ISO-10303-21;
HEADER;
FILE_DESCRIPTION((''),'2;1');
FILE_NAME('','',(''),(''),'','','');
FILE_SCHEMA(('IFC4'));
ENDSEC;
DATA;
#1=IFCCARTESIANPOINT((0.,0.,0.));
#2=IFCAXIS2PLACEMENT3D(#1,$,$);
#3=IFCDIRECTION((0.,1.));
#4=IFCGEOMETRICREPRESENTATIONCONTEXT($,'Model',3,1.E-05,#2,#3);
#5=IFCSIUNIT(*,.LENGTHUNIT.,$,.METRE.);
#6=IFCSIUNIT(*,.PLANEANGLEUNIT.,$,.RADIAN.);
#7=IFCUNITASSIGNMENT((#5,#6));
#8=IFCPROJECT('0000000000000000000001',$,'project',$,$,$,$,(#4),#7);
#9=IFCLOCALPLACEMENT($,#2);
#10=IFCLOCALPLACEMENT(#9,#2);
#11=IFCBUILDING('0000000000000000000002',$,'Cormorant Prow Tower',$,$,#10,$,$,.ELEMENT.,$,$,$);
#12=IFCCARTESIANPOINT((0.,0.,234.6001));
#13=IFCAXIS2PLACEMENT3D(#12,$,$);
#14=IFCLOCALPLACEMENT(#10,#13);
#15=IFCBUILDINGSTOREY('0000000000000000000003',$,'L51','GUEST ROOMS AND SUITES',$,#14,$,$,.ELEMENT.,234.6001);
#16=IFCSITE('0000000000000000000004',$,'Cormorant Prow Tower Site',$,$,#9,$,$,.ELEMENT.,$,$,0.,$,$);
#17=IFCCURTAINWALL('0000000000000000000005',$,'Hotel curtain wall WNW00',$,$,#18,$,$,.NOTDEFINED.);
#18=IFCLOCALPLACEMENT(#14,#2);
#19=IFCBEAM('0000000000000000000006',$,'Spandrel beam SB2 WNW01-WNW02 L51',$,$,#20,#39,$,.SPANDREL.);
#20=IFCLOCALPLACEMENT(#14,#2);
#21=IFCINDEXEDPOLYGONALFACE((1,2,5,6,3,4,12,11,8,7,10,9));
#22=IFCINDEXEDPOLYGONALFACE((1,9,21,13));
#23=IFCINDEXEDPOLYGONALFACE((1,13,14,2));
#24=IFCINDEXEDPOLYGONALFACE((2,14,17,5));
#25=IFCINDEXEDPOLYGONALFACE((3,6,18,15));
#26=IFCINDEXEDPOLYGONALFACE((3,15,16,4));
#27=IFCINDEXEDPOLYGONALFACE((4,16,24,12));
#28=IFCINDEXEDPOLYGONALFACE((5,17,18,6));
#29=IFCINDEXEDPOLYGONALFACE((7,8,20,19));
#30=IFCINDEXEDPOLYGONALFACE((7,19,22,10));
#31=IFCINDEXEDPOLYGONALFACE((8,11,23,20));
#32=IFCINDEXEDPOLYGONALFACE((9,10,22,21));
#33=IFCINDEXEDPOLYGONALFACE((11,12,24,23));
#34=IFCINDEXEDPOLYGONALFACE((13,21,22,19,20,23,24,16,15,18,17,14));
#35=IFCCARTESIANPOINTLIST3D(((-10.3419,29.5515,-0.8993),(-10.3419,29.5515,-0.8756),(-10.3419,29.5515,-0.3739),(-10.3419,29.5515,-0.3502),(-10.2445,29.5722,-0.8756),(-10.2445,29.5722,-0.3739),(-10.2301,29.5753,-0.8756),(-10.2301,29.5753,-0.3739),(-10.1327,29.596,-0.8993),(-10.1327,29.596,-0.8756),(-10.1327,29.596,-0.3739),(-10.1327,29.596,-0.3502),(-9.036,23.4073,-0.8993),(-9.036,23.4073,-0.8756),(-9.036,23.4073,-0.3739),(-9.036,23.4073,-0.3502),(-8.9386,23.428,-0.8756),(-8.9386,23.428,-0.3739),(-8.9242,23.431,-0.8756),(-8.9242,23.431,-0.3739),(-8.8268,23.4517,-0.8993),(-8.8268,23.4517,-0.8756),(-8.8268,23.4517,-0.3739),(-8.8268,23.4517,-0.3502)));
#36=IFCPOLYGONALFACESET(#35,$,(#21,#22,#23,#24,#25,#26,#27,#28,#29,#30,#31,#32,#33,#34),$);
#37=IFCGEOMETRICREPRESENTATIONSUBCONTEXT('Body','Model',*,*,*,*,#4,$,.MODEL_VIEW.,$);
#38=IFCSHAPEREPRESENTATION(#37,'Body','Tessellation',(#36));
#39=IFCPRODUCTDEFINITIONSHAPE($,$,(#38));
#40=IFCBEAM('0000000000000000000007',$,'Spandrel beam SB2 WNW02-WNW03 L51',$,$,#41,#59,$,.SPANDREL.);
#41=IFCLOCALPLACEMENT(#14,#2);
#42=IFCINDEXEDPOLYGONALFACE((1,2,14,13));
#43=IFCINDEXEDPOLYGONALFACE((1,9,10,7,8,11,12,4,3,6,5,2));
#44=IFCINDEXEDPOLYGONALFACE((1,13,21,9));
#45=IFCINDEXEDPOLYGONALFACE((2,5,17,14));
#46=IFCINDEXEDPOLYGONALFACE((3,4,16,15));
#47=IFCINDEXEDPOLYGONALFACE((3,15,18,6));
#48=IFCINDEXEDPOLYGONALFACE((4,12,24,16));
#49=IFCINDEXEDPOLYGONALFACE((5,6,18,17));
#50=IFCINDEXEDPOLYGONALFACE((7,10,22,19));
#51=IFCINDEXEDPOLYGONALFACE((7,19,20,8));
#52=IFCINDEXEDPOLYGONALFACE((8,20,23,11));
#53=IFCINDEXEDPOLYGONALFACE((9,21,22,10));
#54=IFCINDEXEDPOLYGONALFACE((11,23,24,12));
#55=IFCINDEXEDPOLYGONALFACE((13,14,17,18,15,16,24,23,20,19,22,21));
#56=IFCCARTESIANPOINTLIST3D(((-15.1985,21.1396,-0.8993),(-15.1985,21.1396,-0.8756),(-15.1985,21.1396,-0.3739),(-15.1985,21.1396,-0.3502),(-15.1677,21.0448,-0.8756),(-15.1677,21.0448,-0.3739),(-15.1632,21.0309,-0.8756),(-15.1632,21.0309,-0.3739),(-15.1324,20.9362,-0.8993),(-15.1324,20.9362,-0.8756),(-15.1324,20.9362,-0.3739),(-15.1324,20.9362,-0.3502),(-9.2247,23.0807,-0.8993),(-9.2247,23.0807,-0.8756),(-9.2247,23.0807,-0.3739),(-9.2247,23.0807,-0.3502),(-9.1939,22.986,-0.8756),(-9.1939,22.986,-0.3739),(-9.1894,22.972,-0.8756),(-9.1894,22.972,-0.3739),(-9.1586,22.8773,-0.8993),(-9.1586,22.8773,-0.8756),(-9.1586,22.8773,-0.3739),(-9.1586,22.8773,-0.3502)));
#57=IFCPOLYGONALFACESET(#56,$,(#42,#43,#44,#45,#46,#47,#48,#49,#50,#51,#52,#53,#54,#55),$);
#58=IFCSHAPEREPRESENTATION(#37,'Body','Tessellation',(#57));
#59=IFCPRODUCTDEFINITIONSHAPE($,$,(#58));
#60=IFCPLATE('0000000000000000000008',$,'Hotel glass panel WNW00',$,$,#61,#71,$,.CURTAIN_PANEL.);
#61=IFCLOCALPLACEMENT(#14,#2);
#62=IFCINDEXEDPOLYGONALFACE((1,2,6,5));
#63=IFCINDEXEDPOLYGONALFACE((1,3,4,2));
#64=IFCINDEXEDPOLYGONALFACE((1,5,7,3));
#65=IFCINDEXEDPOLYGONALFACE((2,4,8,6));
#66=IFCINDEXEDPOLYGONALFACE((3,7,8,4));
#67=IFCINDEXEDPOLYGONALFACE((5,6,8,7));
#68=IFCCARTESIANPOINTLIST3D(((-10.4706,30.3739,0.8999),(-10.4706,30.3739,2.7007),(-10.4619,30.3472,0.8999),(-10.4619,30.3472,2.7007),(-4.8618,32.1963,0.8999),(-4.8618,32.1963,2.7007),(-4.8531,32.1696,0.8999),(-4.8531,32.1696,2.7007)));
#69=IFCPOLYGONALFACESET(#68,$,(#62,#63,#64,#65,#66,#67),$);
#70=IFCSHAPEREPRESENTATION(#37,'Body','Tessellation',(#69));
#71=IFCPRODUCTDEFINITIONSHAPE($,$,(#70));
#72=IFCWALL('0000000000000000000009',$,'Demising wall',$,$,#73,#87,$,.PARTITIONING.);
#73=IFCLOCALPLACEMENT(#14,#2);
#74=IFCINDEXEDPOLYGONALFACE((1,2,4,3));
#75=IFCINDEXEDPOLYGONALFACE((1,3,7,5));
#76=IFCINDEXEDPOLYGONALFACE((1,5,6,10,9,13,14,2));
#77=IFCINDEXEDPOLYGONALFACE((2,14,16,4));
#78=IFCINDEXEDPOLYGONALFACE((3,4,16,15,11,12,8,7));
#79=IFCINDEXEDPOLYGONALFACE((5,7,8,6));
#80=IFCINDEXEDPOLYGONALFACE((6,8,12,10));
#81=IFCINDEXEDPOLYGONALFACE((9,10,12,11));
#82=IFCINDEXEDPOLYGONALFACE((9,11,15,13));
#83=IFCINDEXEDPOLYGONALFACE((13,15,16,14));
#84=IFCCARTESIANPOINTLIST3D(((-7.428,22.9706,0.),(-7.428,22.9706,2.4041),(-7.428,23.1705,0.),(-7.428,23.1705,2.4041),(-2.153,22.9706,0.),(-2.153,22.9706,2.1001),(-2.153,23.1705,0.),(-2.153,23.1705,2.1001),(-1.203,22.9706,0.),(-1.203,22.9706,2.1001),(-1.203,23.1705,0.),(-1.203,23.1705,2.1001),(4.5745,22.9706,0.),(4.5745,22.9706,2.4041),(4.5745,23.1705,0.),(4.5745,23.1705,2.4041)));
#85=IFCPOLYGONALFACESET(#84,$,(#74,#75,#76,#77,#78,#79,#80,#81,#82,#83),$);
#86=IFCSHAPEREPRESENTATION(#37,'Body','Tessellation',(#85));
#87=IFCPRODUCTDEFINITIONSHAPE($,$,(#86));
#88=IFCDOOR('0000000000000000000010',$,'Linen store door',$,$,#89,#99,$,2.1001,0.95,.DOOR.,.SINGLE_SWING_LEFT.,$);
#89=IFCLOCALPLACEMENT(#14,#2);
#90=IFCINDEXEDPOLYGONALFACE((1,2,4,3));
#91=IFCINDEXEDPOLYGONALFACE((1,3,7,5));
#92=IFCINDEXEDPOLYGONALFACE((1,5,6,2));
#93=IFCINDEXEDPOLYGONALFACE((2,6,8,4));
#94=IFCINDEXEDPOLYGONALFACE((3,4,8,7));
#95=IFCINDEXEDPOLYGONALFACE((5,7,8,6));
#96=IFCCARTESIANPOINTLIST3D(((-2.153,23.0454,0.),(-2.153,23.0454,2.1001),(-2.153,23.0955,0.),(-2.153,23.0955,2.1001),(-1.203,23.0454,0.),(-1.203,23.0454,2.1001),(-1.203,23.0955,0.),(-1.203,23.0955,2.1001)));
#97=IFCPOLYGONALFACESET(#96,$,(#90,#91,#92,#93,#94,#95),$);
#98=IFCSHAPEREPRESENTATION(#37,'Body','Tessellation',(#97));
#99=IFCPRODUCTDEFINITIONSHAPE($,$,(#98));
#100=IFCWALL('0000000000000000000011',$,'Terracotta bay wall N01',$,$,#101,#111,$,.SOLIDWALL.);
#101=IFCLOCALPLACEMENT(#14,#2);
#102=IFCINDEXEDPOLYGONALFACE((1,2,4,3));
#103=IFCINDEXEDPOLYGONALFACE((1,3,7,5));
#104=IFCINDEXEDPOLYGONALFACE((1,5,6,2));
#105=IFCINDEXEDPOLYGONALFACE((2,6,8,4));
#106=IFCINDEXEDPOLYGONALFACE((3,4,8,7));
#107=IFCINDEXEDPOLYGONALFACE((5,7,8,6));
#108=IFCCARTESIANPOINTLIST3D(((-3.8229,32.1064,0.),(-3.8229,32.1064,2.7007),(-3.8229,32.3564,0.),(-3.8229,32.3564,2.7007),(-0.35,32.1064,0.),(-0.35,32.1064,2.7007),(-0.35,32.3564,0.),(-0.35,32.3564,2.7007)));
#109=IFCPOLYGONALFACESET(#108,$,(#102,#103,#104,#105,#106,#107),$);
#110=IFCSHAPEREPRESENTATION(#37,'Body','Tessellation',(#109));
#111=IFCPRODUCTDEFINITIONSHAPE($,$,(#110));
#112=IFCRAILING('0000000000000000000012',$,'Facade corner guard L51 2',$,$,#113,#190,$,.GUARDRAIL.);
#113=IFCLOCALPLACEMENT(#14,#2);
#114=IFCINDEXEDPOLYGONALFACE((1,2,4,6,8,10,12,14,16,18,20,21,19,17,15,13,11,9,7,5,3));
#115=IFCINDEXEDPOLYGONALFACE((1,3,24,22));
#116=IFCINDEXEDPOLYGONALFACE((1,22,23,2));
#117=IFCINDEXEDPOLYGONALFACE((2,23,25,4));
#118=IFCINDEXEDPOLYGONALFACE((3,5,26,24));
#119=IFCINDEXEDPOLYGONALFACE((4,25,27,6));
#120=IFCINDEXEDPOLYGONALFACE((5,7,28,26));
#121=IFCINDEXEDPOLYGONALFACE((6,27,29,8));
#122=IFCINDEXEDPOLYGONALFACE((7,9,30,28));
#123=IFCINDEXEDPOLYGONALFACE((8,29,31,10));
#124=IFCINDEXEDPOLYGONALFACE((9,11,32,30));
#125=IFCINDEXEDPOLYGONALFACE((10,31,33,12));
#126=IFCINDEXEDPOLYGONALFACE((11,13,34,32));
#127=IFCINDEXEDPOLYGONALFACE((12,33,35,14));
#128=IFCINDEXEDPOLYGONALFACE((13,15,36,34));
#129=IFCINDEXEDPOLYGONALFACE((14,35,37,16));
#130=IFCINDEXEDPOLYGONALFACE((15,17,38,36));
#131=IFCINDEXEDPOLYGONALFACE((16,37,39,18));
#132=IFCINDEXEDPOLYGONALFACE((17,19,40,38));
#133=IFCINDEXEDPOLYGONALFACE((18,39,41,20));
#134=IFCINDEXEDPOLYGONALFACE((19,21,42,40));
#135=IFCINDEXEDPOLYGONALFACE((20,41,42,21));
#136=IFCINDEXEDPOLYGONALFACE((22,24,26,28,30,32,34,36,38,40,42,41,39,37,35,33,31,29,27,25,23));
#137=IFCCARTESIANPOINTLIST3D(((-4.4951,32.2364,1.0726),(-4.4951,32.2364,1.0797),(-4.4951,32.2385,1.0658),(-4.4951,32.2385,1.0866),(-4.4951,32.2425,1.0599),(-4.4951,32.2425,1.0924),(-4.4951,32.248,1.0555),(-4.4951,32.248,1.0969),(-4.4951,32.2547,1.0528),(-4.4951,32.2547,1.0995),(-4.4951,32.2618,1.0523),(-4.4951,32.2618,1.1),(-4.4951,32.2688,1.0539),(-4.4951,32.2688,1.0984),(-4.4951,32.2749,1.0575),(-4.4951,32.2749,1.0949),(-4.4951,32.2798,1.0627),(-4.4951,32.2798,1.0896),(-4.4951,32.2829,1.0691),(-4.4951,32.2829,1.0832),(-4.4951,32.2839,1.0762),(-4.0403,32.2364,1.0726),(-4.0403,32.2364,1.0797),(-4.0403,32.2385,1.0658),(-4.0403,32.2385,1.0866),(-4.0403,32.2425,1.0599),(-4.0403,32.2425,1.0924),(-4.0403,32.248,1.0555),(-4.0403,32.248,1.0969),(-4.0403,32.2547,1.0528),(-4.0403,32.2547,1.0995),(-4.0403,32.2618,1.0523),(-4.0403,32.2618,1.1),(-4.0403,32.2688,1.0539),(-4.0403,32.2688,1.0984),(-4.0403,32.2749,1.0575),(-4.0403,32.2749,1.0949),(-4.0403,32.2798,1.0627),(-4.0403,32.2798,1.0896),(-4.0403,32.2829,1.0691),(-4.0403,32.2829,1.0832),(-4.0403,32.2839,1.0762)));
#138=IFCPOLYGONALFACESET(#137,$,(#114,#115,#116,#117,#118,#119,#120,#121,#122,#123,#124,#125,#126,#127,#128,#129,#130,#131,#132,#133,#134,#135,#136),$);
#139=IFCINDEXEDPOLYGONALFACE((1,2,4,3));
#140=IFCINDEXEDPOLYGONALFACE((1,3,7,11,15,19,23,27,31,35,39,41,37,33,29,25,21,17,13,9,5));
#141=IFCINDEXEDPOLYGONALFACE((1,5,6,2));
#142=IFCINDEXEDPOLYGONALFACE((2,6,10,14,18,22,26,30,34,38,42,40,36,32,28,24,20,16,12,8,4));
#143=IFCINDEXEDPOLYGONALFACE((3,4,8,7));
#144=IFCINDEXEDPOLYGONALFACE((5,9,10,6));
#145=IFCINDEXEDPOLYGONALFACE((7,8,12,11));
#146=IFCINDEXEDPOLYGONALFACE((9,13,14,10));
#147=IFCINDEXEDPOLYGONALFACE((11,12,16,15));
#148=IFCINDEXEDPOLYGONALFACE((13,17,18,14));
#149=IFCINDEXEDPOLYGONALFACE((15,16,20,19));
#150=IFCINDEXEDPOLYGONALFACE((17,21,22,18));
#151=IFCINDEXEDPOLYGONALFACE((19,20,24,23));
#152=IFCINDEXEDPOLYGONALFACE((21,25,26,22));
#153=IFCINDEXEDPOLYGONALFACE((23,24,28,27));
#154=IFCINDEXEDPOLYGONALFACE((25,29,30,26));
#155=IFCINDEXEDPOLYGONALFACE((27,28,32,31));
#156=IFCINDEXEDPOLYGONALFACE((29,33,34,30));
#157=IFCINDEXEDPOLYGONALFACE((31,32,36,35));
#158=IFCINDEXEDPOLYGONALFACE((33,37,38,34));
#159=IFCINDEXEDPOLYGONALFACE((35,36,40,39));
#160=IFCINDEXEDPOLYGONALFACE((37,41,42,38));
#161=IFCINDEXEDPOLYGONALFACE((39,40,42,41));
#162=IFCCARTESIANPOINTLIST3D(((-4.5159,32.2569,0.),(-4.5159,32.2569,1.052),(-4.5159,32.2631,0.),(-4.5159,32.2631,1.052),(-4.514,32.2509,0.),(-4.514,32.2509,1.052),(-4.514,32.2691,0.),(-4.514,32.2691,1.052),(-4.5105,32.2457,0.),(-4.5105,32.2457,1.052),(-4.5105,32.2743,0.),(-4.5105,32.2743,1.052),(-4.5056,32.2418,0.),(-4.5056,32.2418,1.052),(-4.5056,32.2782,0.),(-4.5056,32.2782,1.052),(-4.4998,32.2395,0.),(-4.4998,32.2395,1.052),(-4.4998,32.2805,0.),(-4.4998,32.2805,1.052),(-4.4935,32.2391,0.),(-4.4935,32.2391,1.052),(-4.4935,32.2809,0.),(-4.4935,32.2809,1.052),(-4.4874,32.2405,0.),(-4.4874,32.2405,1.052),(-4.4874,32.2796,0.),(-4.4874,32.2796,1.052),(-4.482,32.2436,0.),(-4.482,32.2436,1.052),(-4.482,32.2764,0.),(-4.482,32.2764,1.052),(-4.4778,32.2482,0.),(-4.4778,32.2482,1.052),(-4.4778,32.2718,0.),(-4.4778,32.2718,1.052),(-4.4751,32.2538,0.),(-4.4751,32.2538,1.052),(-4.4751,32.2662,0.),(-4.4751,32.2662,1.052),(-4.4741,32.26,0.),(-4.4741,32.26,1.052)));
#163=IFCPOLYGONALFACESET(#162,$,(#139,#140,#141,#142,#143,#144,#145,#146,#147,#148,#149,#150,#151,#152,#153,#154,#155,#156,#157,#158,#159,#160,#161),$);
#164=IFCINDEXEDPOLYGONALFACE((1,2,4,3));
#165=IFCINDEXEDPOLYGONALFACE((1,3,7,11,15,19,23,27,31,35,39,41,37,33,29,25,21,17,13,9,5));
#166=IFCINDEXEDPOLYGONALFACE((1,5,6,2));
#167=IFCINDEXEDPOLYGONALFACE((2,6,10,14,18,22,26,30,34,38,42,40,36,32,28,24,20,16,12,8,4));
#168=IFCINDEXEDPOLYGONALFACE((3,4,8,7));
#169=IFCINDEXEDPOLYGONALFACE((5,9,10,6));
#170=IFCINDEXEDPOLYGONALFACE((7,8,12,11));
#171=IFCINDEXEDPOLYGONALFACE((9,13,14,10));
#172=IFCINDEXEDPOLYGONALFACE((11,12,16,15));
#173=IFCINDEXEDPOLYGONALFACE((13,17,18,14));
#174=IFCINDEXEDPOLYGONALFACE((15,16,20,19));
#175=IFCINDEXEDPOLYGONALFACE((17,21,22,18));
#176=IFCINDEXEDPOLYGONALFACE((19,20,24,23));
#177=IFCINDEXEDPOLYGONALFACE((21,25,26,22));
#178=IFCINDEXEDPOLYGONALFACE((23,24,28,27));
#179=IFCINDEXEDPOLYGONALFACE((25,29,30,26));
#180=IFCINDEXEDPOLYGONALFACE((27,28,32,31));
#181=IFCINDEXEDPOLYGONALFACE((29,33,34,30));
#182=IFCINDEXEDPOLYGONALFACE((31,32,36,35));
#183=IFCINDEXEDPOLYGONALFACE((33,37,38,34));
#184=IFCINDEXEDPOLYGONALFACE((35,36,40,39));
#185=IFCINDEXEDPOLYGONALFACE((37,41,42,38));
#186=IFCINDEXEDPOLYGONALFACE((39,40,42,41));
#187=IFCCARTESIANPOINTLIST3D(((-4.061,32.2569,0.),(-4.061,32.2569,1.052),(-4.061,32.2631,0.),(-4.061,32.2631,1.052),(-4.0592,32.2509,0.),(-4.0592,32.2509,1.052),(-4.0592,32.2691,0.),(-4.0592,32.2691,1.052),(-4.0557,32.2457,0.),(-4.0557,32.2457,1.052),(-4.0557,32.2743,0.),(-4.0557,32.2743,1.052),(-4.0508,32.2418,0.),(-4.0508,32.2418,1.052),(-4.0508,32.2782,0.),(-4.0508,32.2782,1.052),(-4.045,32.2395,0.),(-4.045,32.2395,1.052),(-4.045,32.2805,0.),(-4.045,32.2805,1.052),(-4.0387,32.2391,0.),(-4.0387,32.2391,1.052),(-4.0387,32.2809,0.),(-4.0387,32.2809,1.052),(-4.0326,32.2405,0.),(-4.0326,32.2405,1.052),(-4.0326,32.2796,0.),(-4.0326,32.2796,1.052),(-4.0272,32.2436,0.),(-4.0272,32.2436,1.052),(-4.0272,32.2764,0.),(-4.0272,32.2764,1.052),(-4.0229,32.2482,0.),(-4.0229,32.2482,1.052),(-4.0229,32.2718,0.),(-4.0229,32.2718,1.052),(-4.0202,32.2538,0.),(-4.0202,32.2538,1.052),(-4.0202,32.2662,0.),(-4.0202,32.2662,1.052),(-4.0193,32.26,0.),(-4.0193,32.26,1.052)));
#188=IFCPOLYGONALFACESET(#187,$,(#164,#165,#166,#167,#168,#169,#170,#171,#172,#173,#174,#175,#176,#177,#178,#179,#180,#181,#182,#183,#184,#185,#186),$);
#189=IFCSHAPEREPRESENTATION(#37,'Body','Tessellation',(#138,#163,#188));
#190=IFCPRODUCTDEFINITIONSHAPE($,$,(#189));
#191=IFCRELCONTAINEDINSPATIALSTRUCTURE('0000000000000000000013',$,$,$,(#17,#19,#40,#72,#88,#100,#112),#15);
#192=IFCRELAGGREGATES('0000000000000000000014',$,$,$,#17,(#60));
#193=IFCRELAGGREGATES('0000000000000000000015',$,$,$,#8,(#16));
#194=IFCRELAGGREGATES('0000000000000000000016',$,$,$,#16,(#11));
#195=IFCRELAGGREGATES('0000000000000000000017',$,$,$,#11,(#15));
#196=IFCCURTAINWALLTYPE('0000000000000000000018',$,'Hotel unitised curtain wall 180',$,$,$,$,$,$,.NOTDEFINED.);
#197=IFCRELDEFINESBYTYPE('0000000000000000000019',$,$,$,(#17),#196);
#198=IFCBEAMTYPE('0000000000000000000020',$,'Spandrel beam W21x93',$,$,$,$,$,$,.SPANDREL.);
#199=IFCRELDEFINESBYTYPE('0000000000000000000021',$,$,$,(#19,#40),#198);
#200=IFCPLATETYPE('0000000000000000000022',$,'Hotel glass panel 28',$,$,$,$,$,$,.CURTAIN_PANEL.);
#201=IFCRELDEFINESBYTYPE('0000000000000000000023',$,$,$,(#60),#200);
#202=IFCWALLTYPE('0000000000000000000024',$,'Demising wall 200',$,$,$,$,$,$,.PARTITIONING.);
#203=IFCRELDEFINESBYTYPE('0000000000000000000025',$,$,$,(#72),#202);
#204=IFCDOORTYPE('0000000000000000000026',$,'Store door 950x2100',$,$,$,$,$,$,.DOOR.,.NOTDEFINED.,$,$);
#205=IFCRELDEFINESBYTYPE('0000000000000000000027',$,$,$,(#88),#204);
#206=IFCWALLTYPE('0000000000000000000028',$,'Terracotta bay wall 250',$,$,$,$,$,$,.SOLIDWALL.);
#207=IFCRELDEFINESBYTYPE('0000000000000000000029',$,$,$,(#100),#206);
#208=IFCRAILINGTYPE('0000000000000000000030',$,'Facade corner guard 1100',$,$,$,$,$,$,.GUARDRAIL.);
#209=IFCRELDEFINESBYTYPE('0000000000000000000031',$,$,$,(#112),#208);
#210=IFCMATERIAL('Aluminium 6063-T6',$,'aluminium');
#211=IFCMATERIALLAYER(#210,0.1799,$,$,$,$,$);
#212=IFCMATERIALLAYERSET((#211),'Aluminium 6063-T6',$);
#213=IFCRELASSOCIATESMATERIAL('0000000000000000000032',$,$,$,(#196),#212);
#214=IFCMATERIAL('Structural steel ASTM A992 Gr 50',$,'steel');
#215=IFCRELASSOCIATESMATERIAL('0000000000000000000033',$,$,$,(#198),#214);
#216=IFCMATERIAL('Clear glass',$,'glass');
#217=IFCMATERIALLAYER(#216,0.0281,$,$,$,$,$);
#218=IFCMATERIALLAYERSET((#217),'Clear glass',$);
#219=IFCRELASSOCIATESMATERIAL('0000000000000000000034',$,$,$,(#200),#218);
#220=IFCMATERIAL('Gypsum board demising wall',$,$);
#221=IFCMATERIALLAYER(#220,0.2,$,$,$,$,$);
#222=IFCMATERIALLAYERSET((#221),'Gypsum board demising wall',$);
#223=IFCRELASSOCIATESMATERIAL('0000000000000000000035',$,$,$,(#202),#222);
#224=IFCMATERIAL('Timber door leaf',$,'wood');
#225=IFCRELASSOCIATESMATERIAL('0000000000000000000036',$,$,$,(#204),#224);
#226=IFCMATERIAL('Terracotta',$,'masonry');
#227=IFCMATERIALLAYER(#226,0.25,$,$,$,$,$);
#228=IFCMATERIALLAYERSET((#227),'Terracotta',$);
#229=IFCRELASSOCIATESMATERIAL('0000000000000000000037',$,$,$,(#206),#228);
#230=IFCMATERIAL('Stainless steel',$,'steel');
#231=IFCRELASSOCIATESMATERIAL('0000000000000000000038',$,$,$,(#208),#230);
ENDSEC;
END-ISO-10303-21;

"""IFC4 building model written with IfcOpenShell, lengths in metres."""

from ifc_helpers import new_model, si_unit, direction, frame, frame_2d, origin, origin_2d, place, context, subcontext, project, spatial, rectangle, circle, i_section, extrude, material, layer, layer_set, material_profile, profile_set, type_object, element, fill, aggregate, save


model = new_model("IFC4")

# Units and contexts
model_context = context("Model", 3, precision=1e-05, world=origin(), true_north=direction((0.0, 1.0)))
body_context = subcontext(model_context, "Body", "Model", "MODEL_VIEW")
ifc_project = project(units=[si_unit("LENGTHUNIT", "METRE"), si_unit("PLANEANGLEUNIT", "RADIAN")], contexts=[model_context])

# Site, building, storey
site_placement = place(None, origin())
site = spatial("IfcSite", under=ifc_project, at=site_placement, Name="Cormorant Prow Tower Site", CompositionType="ELEMENT", RefElevation=0.0)
building_placement = place(site_placement, origin())
building = spatial("IfcBuilding", under=site, at=building_placement, Name="Cormorant Prow Tower", CompositionType="ELEMENT")
storey_placement = place(building_placement, frame((0.0, 0.0, 234.6001)))
storey = spatial("IfcBuildingStorey", under=building, at=storey_placement, Name="L51", Description="GUEST ROOMS AND SUITES", CompositionType="ELEMENT", Elevation=234.6001)

# Curtain wall
ifc_material_1 = material(Name="Aluminium 6063-T6", Category="aluminium")
ifc_layer_1 = layer(ifc_material_1, 0.1799)
ifc_layer_set_1 = layer_set([ifc_layer_1], Name="Aluminium 6063-T6")
curtain_wall_type = type_object("IfcCurtainWallType", Name="Hotel unitised curtain wall 180", PredefinedType="NOTDEFINED", material=ifc_layer_set_1)
curtain_wall_1_placement = place(storey_placement, origin())
curtain_wall_1 = element("IfcCurtainWall", 1, at=curtain_wall_1_placement, inside=storey, type_object=curtain_wall_type, Name="Hotel curtain wall WNW00", PredefinedType="NOTDEFINED")

# Beams
ifc_material_2 = material(Name="Structural steel ASTM A992 Gr 50", Category="steel")
ifc_material_profile_1 = material_profile(ifc_material_2, i_section(OverallWidth=0.2139, OverallDepth=0.5491, WebThickness=0.0146, FlangeThickness=0.0237, at=origin_2d()), Name="W21x93")
ifc_profile_set_1 = profile_set([ifc_material_profile_1], Name="Structural steel ASTM A992 Gr 50")
beam_type = type_object("IfcBeamType", Name="Spandrel beam W21x93", PredefinedType="SPANDREL", material=ifc_profile_set_1)
for number, where, z_axis, x_axis, name in (
    (2, (-10.2373, 29.5737, -0.6248), (0.207896, -0.978151, 0.0), (0.978151, 0.207896, 0.0), "Spandrel beam SB2 WNW01-WNW02 L51"),
):
    element("IfcBeam", number, at=place(storey_placement, frame(where, z_axis=z_axis, x_axis=x_axis)), inside=storey, type_object=beam_type, Name=name, PredefinedType="SPANDREL", context=body_context, shape_type="SweptSolid", body=[
        extrude(i_section(OverallWidth=0.2139, OverallDepth=0.5491, WebThickness=0.0146, FlangeThickness=0.0237, at=origin_2d()), origin(), (0.0, 0.0, 1.0), 6.2815),
    ])
beam_1_placement = place(storey_placement, frame((-9.1917, 22.979, -0.6248), z_axis=(-0.95105, -0.309036, 0.0), x_axis=(0.309036, -0.95105, 0.0)))
element("IfcBeam", 3, at=beam_1_placement, inside=storey, type_object=beam_type, Name="Spandrel beam SB2 WNW02-WNW03 L51", PredefinedType="SPANDREL", context=body_context, shape_type="SweptSolid", body=[
    extrude(i_section(OverallWidth=0.2139, OverallDepth=0.5491, WebThickness=0.0146, FlangeThickness=0.0237, at=origin_2d()), origin(), (0.0, 0.0, 1.0), 6.2812),
])

# Plate
ifc_material_3 = material(Name="Clear glass", Category="glass")
ifc_layer_2 = layer(ifc_material_3, 0.0281)
ifc_layer_set_2 = layer_set([ifc_layer_2], Name="Clear glass")
plate_type = type_object("IfcPlateType", Name="Hotel glass panel 28", PredefinedType="CURTAIN_PANEL", material=ifc_layer_set_2)
plate_placement = place(storey_placement, frame((-7.6619, 31.2717, 0.8999), z_axis=(0.0, 0.0, 1.0), x_axis=(-0.951057, -0.309017, 0.0)))
plate = element("IfcPlate", 4, at=plate_placement, type_object=plate_type, Name="Hotel glass panel WNW00", PredefinedType="CURTAIN_PANEL", context=body_context, shape_type="SweptSolid", body=[
    extrude(rectangle(XDim=5.8975, YDim=0.0281, at=origin_2d()), origin(), (0.0, 0.0, 1.0), 1.8008),
])
aggregate(curtain_wall_1, [plate])

# Wall, opening, door
ifc_material_4 = material(Name="Gypsum board demising wall")
ifc_layer_3 = layer(ifc_material_4, 0.2)
ifc_layer_set_3 = layer_set([ifc_layer_3], Name="Gypsum board demising wall")
wall_type_1 = type_object("IfcWallType", Name="Demising wall 200", PredefinedType="PARTITIONING", material=ifc_layer_set_3)
wall_1_placement = place(storey_placement, frame((-7.428, 23.0706, 0.0), z_axis=(0.0, 0.0, 1.0), x_axis=(1.0, 0.0, 0.0)))
wall_1 = element("IfcWall", 5, at=wall_1_placement, inside=storey, type_object=wall_type_1, Name="Demising wall", PredefinedType="PARTITIONING", context=body_context, shape_type="SweptSolid", body=[
    extrude(rectangle(XDim=12.0024, YDim=0.2, at=frame_2d((6.0012, 0.0))), origin(), (0.0, 0.0, 1.0), 2.4041),
])
opening_1_placement = place(wall_1_placement, frame((5.2749, 0.0, 0.0)))
opening_1 = element("IfcOpeningElement", 6, at=opening_1_placement, cuts=wall_1, PredefinedType="OPENING", context=body_context, shape_type="SweptSolid", body=[
    extrude(rectangle(XDim=0.95, YDim=2.1001, at=frame_2d((0.4751, 1.05))), frame((0.0, 0.1099, 0.0), z_axis=(0.0, -1.0, 0.0), x_axis=(1.0, 0.0, 0.0)), (0.0, 0.0, 1.0), 0.22),
])
ifc_material_5 = material(Name="Timber door leaf", Category="wood")
door_type_1 = type_object("IfcDoorType", Name="Store door 950x2100", OperationType="NOTDEFINED", PredefinedType="DOOR", material=ifc_material_5)
door_1_placement = place(opening_1_placement, origin())
door_1 = element("IfcDoor", 7, at=door_1_placement, inside=storey, type_object=door_type_1, Name="Linen store door", OperationType="SINGLE_SWING_LEFT", OverallHeight=2.1001, OverallWidth=0.95, PredefinedType="DOOR", context=body_context, shape_type="SweptSolid", body=[
    extrude(rectangle(XDim=0.95, YDim=2.1001, at=frame_2d((0.4751, 1.05))), frame((0.0, 0.0249, 0.0), z_axis=(0.0, -1.0, 0.0), x_axis=(1.0, 0.0, 0.0)), (0.0, 0.0, 1.0), 0.05),
])
fill(opening_1, door_1)

# Wall
ifc_material_6 = material(Name="Terracotta", Category="masonry")
ifc_layer_4 = layer(ifc_material_6, 0.25)
ifc_layer_set_4 = layer_set([ifc_layer_4], Name="Terracotta")
wall_type_2 = type_object("IfcWallType", Name="Terracotta bay wall 250", PredefinedType="SOLIDWALL", material=ifc_layer_set_4)
wall_2_placement = place(storey_placement, frame((-0.3501, 32.2314, 0.0), z_axis=(0.0, 0.0, 1.0), x_axis=(-1.0, 0.0, 0.0)))
element("IfcWall", 8, at=wall_2_placement, inside=storey, type_object=wall_type_2, Name="Terracotta bay wall N01", PredefinedType="SOLIDWALL", context=body_context, shape_type="SweptSolid", body=[
    extrude(rectangle(XDim=3.4729, YDim=0.25, at=frame_2d((1.7363, 0.0))), origin(), (0.0, 0.0, 1.0), 2.7007),
])

# Railing
ifc_material_7 = material(Name="Stainless steel", Category="steel")
railing_type_1 = type_object("IfcRailingType", Name="Facade corner guard 1100", PredefinedType="GUARDRAIL", material=ifc_material_7)
railing_1_placement = place(storey_placement, frame((-4.4951, 32.26, 0.0)))
element("IfcRailing", 9, at=railing_1_placement, inside=storey, type_object=railing_type_1, Name="Facade corner guard L51 2", PredefinedType="GUARDRAIL", context=body_context, shape_type="SweptSolid", body=[
    extrude(circle(Radius=0.0239, at=origin_2d()), frame((0.0, 0.0, 1.0762), z_axis=(1.0, 0.0, 0.0), x_axis=(0.0, 1.0, 0.0)), (0.0, 0.0, 1.0), 0.4548),
    extrude(circle(Radius=0.021, at=origin_2d()), origin(), (0.0, 0.0, 1.0), 1.052),
    extrude(circle(Radius=0.021, at=origin_2d()), frame((0.4548, 0.0, 0.0)), (0.0, 0.0, 1.0), 1.052),
])

save(model, "model.ifc")
